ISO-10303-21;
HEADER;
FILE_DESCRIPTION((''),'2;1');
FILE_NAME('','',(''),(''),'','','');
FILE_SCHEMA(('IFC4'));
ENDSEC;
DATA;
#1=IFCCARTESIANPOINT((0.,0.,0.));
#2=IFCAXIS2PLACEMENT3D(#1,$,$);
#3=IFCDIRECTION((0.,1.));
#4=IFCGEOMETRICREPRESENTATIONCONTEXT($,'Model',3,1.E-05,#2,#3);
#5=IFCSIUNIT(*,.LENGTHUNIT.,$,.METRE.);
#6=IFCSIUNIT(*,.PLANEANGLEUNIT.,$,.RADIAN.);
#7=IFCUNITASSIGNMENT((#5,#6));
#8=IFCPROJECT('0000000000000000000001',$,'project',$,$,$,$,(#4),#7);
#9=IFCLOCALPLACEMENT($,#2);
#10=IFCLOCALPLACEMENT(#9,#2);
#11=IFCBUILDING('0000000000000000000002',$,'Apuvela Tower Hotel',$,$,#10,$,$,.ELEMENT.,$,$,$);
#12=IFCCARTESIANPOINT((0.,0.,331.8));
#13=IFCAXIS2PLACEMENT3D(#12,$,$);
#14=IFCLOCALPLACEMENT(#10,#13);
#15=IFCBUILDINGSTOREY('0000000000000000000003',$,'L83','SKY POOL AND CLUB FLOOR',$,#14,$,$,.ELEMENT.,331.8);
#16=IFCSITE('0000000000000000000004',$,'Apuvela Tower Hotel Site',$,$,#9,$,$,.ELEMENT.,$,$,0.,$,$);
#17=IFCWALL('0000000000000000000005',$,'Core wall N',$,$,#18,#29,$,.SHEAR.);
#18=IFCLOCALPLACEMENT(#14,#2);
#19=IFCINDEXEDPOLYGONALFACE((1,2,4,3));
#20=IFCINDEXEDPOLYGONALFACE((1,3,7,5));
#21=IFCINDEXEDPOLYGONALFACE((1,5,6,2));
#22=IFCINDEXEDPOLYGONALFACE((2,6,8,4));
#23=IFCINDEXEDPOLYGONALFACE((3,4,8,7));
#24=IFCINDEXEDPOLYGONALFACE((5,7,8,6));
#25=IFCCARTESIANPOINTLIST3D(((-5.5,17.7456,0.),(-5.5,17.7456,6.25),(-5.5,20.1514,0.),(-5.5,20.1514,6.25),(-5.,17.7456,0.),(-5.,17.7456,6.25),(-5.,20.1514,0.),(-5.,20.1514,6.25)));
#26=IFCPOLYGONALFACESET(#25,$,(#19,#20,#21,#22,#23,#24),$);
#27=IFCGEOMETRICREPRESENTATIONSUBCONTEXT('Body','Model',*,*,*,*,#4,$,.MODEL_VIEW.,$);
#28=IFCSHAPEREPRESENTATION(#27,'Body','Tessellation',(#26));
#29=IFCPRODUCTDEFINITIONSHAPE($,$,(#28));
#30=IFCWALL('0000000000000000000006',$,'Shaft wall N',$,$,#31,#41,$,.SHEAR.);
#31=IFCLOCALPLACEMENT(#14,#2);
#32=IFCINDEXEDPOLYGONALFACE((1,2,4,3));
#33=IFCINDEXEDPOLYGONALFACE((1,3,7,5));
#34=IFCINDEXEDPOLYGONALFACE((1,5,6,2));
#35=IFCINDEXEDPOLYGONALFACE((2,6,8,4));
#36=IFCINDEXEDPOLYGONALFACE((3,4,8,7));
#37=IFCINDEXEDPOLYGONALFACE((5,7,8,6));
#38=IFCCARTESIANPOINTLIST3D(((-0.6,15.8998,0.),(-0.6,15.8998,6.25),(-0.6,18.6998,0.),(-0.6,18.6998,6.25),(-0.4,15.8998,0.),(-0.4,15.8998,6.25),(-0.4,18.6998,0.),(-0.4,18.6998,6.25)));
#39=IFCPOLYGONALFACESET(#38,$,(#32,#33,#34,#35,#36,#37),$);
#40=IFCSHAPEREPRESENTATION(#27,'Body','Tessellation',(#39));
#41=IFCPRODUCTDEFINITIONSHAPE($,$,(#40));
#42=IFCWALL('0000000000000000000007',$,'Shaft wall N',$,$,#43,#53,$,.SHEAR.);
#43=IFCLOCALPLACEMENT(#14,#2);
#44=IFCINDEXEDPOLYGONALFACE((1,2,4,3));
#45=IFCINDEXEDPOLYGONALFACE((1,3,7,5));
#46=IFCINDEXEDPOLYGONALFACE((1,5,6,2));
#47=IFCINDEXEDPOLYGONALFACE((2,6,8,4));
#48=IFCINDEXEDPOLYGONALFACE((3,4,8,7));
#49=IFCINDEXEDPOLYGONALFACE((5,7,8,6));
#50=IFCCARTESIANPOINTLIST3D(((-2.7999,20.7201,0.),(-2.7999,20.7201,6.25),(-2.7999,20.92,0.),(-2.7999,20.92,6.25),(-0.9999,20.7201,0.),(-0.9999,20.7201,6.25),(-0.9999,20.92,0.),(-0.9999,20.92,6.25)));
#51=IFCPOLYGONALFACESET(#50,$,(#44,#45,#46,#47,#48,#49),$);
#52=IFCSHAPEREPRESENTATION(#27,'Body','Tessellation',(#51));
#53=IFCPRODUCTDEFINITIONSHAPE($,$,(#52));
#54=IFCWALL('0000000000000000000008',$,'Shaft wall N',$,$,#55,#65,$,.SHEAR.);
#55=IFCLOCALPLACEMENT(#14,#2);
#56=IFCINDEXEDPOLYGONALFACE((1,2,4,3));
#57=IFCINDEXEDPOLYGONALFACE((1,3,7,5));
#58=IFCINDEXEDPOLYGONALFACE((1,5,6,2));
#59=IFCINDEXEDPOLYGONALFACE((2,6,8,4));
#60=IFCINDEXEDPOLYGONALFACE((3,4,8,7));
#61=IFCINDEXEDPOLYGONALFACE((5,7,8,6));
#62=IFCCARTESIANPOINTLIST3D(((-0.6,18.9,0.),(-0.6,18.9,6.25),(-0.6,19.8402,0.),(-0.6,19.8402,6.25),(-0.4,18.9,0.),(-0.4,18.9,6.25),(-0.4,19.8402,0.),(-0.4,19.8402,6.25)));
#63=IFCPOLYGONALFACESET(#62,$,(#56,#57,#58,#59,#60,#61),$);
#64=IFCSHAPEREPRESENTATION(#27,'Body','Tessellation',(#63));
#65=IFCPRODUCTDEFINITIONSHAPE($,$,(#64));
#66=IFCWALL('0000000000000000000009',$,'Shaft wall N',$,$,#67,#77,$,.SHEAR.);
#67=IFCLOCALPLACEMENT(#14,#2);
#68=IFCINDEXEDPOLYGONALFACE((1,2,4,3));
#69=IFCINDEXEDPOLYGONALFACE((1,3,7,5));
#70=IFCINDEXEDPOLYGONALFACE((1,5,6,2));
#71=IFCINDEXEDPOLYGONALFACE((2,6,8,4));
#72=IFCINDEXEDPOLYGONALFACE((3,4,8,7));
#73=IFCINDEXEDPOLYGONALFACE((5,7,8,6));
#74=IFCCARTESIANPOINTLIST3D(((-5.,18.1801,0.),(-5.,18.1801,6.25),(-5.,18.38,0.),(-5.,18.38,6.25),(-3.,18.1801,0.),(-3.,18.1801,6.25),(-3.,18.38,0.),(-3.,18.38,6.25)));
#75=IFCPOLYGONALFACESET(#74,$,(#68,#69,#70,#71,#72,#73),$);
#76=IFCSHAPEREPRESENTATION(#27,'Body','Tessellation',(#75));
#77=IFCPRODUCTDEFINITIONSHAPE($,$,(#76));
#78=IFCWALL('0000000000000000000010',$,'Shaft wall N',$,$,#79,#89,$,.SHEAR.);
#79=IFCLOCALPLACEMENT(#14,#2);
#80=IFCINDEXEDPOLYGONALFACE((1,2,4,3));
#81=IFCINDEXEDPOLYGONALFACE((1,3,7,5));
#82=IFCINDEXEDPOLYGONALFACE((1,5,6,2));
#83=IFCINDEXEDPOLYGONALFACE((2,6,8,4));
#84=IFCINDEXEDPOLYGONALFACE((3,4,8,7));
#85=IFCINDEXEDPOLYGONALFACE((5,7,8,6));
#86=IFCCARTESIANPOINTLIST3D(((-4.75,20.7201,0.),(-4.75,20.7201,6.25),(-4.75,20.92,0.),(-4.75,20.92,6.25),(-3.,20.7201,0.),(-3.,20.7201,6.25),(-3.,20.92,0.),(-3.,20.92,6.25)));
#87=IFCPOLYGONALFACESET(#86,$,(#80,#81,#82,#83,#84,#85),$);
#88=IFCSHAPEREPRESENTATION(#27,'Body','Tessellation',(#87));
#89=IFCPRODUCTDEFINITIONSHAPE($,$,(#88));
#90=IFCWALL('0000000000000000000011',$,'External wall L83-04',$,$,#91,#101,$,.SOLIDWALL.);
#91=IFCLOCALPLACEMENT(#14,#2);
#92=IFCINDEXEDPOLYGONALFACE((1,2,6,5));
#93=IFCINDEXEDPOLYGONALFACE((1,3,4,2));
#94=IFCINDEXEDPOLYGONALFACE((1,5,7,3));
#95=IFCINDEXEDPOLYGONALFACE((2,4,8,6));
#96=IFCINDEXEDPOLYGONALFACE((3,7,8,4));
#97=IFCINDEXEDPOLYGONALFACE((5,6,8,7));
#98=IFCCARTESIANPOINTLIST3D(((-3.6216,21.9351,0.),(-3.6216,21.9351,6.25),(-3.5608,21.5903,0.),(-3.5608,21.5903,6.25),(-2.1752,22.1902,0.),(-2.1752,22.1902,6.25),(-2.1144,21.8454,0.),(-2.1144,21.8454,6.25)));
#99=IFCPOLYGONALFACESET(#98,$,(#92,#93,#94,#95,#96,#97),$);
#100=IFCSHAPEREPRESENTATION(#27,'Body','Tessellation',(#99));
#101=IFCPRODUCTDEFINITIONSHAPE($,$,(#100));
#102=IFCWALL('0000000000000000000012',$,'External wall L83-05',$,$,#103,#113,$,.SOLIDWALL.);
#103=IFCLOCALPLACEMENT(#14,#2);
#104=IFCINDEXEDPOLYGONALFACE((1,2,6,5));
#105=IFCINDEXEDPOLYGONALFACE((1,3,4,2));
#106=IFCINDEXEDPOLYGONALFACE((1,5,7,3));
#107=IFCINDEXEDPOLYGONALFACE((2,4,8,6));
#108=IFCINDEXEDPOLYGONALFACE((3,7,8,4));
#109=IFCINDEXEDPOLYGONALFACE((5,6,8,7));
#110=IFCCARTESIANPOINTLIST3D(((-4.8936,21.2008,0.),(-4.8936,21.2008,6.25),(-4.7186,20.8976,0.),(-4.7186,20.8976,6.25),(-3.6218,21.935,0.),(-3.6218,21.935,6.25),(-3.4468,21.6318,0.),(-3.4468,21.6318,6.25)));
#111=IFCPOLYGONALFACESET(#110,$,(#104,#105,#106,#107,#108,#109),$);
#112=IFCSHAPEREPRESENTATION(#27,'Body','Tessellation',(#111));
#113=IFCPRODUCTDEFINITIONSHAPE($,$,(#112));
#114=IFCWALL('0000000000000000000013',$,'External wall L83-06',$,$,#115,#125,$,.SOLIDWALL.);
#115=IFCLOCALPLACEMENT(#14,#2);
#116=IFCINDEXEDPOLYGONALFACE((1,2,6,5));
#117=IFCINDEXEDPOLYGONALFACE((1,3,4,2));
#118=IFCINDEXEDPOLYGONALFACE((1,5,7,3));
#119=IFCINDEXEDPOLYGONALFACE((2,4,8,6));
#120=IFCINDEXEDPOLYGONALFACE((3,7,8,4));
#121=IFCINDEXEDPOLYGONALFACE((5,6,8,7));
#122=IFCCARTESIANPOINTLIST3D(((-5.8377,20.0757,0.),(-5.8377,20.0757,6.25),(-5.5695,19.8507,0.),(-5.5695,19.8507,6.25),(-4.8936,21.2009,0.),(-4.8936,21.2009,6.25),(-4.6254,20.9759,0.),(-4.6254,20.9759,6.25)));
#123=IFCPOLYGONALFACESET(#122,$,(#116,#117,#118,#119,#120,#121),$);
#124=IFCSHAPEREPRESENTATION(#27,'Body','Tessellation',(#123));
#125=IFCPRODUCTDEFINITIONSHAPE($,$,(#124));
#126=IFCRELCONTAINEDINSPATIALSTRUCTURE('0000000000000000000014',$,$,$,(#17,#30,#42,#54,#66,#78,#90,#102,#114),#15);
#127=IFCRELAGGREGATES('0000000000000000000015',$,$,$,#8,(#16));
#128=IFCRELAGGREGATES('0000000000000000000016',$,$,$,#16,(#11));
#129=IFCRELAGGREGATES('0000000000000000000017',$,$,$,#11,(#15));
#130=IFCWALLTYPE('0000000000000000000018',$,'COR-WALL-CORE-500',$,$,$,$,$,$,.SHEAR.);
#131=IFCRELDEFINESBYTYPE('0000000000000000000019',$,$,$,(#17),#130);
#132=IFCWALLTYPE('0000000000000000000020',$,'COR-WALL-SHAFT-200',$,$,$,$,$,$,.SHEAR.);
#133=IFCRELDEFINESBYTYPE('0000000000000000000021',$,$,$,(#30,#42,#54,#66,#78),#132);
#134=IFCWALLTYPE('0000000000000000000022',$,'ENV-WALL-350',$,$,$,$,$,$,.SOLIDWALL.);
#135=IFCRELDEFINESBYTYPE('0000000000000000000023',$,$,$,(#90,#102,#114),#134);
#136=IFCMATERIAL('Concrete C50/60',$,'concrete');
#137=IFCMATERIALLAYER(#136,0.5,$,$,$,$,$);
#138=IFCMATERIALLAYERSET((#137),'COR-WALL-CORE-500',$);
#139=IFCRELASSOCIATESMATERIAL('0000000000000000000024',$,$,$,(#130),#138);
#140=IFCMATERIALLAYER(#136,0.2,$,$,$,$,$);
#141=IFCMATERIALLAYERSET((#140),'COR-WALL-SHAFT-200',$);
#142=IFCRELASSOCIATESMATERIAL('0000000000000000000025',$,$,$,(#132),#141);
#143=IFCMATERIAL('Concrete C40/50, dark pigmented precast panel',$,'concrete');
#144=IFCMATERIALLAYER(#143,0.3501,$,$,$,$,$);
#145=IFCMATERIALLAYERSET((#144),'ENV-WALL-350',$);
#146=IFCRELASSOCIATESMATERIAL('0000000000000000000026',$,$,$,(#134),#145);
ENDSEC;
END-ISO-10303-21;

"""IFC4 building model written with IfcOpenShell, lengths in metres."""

from ifc_helpers import new_model, si_unit, direction, frame, frame_2d, origin, place, context, subcontext, project, spatial, rectangle, extrude, material, layer, layer_set, type_object, element, save


model = new_model("IFC4")

# Units and contexts
model_context = context("Model", 3, precision=1e-05, world=origin(), true_north=direction((0.0, 1.0)))
body_context = subcontext(model_context, "Body", "Model", "MODEL_VIEW")
ifc_project = project(units=[si_unit("LENGTHUNIT", "METRE"), si_unit("PLANEANGLEUNIT", "RADIAN")], contexts=[model_context])

# Site, building, storey
site_placement = place(None, origin())
site = spatial("IfcSite", under=ifc_project, at=site_placement, Name="Apuvela Tower Hotel Site", CompositionType="ELEMENT", RefElevation=0.0)
building_placement = place(site_placement, origin())
building = spatial("IfcBuilding", under=site, at=building_placement, Name="Apuvela Tower Hotel", CompositionType="ELEMENT")
storey_placement = place(building_placement, frame((0.0, 0.0, 331.8)))
storey = spatial("IfcBuildingStorey", under=building, at=storey_placement, Name="L83", Description="SKY POOL AND CLUB FLOOR", CompositionType="ELEMENT", Elevation=331.8)

# Walls
ifc_material_1 = material(Name="Concrete C50/60", Category="concrete")
ifc_layer_1 = layer(ifc_material_1, 0.5)
ifc_layer_set_1 = layer_set([ifc_layer_1], Name="COR-WALL-CORE-500")
wall_type_1 = type_object("IfcWallType", Name="COR-WALL-CORE-500", PredefinedType="SHEAR", material=ifc_layer_set_1)
wall_1_placement = place(storey_placement, frame((-5.25, 17.7456, 0.0), z_axis=(0.0, 0.0, 1.0), x_axis=(0.0, 1.0, 0.0)))
element("IfcWall", 1, at=wall_1_placement, inside=storey, type_object=wall_type_1, Name="Core wall N", PredefinedType="SHEAR", context=body_context, shape_type="SweptSolid", body=[
    extrude(rectangle(XDim=2.4058, YDim=0.5, at=frame_2d((1.2029, 0.0))), origin(), (0.0, 0.0, 1.0), 6.25),
])
ifc_layer_2 = layer(ifc_material_1, 0.2)
ifc_layer_set_2 = layer_set([ifc_layer_2], Name="COR-WALL-SHAFT-200")
wall_type_2 = type_object("IfcWallType", Name="COR-WALL-SHAFT-200", PredefinedType="SHEAR", material=ifc_layer_set_2)
wall_2_placement = place(storey_placement, frame((-0.5, 15.8999, 0.0), z_axis=(0.0, 0.0, 1.0), x_axis=(0.0, 1.0, 0.0)))
element("IfcWall", 2, at=wall_2_placement, inside=storey, type_object=wall_type_2, Name="Shaft wall N", PredefinedType="SHEAR", context=body_context, shape_type="SweptSolid", body=[
    extrude(rectangle(XDim=2.8, YDim=0.2, at=frame_2d((1.3999, 0.0))), origin(), (0.0, 0.0, 1.0), 6.25),
])
wall_3_placement = place(storey_placement, frame((-1.0, 20.8201, 0.0), z_axis=(0.0, 0.0, 1.0), x_axis=(-1.0, 0.0, 0.0)))
element("IfcWall", 3, at=wall_3_placement, inside=storey, type_object=wall_type_2, Name="Shaft wall N", PredefinedType="SHEAR", context=body_context, shape_type="SweptSolid", body=[
    extrude(rectangle(XDim=1.8, YDim=0.2, at=frame_2d((0.8999, 0.0))), origin(), (0.0, 0.0, 1.0), 6.25),
])
wall_4_placement = place(storey_placement, frame((-0.5, 18.8999, 0.0), z_axis=(0.0, 0.0, 1.0), x_axis=(0.0, 1.0, 0.0)))
element("IfcWall", 4, at=wall_4_placement, inside=storey, type_object=wall_type_2, Name="Shaft wall N", PredefinedType="SHEAR", context=body_context, shape_type="SweptSolid", body=[
    extrude(rectangle(XDim=0.9402, YDim=0.2, at=frame_2d((0.4702, 0.0))), origin(), (0.0, 0.0, 1.0), 6.25),
])
wall_5_placement = place(storey_placement, frame((-3.0, 18.28, 0.0), z_axis=(0.0, 0.0, 1.0), x_axis=(-1.0, 0.0, 0.0)))
element("IfcWall", 5, at=wall_5_placement, inside=storey, type_object=wall_type_2, Name="Shaft wall N", PredefinedType="SHEAR", context=body_context, shape_type="SweptSolid", body=[
    extrude(rectangle(XDim=2.0, YDim=0.2, at=frame_2d((1.0, 0.0))), origin(), (0.0, 0.0, 1.0), 6.25),
])
wall_6_placement = place(storey_placement, frame((-3.0, 20.8201, 0.0), z_axis=(0.0, 0.0, 1.0), x_axis=(-1.0, 0.0, 0.0)))
element("IfcWall", 6, at=wall_6_placement, inside=storey, type_object=wall_type_2, Name="Shaft wall N", PredefinedType="SHEAR", context=body_context, shape_type="SweptSolid", body=[
    extrude(rectangle(XDim=1.75, YDim=0.2, at=frame_2d((0.875, 0.0))), origin(), (0.0, 0.0, 1.0), 6.25),
])
ifc_material_2 = material(Name="Concrete C40/50, dark pigmented precast panel", Category="concrete")
ifc_layer_3 = layer(ifc_material_2, 0.3501)
ifc_layer_set_3 = layer_set([ifc_layer_3], Name="ENV-WALL-350")
wall_type_3 = type_object("IfcWallType", Name="ENV-WALL-350", PredefinedType="SOLIDWALL", material=ifc_layer_set_3)
wall_7_placement = place(storey_placement, frame((-2.1448, 22.0178, 0.0), z_axis=(0.0, 0.0, 1.0), x_axis=(-0.9848, -0.173691, 0.0)))
element("IfcWall", 7, at=wall_7_placement, inside=storey, type_object=wall_type_3, Name="External wall L83-04", PredefinedType="SOLIDWALL", context=body_context, shape_type="SweptSolid", body=[
    extrude(rectangle(XDim=1.4688, YDim=0.3501, at=frame_2d((0.7344, 0.0))), origin(), (0.0, 0.0, 1.0), 6.25),
])
wall_8_placement = place(storey_placement, frame((-3.5342, 21.7834, 0.0), z_axis=(0.0, 0.0, 1.0), x_axis=(-0.866055, -0.499948, 0.0)))
element("IfcWall", 8, at=wall_8_placement, inside=storey, type_object=wall_type_3, Name="External wall L83-05", PredefinedType="SOLIDWALL", context=body_context, shape_type="SweptSolid", body=[
    extrude(rectangle(XDim=1.4685, YDim=0.3501, at=frame_2d((0.7344, 0.0))), origin(), (0.0, 0.0, 1.0), 6.25),
])
wall_9_placement = place(storey_placement, frame((-4.7595, 21.0884, 0.0), z_axis=(0.0, 0.0, 1.0), x_axis=(-0.642748, -0.766078, 0.0)))
element("IfcWall", 9, at=wall_9_placement, inside=storey, type_object=wall_type_3, Name="External wall L83-06", PredefinedType="SOLIDWALL", context=body_context, shape_type="SweptSolid", body=[
    extrude(rectangle(XDim=1.4688, YDim=0.3501, at=frame_2d((0.7344, 0.0))), origin(), (0.0, 0.0, 1.0), 6.25),
])

save(model, "model.ifc")
